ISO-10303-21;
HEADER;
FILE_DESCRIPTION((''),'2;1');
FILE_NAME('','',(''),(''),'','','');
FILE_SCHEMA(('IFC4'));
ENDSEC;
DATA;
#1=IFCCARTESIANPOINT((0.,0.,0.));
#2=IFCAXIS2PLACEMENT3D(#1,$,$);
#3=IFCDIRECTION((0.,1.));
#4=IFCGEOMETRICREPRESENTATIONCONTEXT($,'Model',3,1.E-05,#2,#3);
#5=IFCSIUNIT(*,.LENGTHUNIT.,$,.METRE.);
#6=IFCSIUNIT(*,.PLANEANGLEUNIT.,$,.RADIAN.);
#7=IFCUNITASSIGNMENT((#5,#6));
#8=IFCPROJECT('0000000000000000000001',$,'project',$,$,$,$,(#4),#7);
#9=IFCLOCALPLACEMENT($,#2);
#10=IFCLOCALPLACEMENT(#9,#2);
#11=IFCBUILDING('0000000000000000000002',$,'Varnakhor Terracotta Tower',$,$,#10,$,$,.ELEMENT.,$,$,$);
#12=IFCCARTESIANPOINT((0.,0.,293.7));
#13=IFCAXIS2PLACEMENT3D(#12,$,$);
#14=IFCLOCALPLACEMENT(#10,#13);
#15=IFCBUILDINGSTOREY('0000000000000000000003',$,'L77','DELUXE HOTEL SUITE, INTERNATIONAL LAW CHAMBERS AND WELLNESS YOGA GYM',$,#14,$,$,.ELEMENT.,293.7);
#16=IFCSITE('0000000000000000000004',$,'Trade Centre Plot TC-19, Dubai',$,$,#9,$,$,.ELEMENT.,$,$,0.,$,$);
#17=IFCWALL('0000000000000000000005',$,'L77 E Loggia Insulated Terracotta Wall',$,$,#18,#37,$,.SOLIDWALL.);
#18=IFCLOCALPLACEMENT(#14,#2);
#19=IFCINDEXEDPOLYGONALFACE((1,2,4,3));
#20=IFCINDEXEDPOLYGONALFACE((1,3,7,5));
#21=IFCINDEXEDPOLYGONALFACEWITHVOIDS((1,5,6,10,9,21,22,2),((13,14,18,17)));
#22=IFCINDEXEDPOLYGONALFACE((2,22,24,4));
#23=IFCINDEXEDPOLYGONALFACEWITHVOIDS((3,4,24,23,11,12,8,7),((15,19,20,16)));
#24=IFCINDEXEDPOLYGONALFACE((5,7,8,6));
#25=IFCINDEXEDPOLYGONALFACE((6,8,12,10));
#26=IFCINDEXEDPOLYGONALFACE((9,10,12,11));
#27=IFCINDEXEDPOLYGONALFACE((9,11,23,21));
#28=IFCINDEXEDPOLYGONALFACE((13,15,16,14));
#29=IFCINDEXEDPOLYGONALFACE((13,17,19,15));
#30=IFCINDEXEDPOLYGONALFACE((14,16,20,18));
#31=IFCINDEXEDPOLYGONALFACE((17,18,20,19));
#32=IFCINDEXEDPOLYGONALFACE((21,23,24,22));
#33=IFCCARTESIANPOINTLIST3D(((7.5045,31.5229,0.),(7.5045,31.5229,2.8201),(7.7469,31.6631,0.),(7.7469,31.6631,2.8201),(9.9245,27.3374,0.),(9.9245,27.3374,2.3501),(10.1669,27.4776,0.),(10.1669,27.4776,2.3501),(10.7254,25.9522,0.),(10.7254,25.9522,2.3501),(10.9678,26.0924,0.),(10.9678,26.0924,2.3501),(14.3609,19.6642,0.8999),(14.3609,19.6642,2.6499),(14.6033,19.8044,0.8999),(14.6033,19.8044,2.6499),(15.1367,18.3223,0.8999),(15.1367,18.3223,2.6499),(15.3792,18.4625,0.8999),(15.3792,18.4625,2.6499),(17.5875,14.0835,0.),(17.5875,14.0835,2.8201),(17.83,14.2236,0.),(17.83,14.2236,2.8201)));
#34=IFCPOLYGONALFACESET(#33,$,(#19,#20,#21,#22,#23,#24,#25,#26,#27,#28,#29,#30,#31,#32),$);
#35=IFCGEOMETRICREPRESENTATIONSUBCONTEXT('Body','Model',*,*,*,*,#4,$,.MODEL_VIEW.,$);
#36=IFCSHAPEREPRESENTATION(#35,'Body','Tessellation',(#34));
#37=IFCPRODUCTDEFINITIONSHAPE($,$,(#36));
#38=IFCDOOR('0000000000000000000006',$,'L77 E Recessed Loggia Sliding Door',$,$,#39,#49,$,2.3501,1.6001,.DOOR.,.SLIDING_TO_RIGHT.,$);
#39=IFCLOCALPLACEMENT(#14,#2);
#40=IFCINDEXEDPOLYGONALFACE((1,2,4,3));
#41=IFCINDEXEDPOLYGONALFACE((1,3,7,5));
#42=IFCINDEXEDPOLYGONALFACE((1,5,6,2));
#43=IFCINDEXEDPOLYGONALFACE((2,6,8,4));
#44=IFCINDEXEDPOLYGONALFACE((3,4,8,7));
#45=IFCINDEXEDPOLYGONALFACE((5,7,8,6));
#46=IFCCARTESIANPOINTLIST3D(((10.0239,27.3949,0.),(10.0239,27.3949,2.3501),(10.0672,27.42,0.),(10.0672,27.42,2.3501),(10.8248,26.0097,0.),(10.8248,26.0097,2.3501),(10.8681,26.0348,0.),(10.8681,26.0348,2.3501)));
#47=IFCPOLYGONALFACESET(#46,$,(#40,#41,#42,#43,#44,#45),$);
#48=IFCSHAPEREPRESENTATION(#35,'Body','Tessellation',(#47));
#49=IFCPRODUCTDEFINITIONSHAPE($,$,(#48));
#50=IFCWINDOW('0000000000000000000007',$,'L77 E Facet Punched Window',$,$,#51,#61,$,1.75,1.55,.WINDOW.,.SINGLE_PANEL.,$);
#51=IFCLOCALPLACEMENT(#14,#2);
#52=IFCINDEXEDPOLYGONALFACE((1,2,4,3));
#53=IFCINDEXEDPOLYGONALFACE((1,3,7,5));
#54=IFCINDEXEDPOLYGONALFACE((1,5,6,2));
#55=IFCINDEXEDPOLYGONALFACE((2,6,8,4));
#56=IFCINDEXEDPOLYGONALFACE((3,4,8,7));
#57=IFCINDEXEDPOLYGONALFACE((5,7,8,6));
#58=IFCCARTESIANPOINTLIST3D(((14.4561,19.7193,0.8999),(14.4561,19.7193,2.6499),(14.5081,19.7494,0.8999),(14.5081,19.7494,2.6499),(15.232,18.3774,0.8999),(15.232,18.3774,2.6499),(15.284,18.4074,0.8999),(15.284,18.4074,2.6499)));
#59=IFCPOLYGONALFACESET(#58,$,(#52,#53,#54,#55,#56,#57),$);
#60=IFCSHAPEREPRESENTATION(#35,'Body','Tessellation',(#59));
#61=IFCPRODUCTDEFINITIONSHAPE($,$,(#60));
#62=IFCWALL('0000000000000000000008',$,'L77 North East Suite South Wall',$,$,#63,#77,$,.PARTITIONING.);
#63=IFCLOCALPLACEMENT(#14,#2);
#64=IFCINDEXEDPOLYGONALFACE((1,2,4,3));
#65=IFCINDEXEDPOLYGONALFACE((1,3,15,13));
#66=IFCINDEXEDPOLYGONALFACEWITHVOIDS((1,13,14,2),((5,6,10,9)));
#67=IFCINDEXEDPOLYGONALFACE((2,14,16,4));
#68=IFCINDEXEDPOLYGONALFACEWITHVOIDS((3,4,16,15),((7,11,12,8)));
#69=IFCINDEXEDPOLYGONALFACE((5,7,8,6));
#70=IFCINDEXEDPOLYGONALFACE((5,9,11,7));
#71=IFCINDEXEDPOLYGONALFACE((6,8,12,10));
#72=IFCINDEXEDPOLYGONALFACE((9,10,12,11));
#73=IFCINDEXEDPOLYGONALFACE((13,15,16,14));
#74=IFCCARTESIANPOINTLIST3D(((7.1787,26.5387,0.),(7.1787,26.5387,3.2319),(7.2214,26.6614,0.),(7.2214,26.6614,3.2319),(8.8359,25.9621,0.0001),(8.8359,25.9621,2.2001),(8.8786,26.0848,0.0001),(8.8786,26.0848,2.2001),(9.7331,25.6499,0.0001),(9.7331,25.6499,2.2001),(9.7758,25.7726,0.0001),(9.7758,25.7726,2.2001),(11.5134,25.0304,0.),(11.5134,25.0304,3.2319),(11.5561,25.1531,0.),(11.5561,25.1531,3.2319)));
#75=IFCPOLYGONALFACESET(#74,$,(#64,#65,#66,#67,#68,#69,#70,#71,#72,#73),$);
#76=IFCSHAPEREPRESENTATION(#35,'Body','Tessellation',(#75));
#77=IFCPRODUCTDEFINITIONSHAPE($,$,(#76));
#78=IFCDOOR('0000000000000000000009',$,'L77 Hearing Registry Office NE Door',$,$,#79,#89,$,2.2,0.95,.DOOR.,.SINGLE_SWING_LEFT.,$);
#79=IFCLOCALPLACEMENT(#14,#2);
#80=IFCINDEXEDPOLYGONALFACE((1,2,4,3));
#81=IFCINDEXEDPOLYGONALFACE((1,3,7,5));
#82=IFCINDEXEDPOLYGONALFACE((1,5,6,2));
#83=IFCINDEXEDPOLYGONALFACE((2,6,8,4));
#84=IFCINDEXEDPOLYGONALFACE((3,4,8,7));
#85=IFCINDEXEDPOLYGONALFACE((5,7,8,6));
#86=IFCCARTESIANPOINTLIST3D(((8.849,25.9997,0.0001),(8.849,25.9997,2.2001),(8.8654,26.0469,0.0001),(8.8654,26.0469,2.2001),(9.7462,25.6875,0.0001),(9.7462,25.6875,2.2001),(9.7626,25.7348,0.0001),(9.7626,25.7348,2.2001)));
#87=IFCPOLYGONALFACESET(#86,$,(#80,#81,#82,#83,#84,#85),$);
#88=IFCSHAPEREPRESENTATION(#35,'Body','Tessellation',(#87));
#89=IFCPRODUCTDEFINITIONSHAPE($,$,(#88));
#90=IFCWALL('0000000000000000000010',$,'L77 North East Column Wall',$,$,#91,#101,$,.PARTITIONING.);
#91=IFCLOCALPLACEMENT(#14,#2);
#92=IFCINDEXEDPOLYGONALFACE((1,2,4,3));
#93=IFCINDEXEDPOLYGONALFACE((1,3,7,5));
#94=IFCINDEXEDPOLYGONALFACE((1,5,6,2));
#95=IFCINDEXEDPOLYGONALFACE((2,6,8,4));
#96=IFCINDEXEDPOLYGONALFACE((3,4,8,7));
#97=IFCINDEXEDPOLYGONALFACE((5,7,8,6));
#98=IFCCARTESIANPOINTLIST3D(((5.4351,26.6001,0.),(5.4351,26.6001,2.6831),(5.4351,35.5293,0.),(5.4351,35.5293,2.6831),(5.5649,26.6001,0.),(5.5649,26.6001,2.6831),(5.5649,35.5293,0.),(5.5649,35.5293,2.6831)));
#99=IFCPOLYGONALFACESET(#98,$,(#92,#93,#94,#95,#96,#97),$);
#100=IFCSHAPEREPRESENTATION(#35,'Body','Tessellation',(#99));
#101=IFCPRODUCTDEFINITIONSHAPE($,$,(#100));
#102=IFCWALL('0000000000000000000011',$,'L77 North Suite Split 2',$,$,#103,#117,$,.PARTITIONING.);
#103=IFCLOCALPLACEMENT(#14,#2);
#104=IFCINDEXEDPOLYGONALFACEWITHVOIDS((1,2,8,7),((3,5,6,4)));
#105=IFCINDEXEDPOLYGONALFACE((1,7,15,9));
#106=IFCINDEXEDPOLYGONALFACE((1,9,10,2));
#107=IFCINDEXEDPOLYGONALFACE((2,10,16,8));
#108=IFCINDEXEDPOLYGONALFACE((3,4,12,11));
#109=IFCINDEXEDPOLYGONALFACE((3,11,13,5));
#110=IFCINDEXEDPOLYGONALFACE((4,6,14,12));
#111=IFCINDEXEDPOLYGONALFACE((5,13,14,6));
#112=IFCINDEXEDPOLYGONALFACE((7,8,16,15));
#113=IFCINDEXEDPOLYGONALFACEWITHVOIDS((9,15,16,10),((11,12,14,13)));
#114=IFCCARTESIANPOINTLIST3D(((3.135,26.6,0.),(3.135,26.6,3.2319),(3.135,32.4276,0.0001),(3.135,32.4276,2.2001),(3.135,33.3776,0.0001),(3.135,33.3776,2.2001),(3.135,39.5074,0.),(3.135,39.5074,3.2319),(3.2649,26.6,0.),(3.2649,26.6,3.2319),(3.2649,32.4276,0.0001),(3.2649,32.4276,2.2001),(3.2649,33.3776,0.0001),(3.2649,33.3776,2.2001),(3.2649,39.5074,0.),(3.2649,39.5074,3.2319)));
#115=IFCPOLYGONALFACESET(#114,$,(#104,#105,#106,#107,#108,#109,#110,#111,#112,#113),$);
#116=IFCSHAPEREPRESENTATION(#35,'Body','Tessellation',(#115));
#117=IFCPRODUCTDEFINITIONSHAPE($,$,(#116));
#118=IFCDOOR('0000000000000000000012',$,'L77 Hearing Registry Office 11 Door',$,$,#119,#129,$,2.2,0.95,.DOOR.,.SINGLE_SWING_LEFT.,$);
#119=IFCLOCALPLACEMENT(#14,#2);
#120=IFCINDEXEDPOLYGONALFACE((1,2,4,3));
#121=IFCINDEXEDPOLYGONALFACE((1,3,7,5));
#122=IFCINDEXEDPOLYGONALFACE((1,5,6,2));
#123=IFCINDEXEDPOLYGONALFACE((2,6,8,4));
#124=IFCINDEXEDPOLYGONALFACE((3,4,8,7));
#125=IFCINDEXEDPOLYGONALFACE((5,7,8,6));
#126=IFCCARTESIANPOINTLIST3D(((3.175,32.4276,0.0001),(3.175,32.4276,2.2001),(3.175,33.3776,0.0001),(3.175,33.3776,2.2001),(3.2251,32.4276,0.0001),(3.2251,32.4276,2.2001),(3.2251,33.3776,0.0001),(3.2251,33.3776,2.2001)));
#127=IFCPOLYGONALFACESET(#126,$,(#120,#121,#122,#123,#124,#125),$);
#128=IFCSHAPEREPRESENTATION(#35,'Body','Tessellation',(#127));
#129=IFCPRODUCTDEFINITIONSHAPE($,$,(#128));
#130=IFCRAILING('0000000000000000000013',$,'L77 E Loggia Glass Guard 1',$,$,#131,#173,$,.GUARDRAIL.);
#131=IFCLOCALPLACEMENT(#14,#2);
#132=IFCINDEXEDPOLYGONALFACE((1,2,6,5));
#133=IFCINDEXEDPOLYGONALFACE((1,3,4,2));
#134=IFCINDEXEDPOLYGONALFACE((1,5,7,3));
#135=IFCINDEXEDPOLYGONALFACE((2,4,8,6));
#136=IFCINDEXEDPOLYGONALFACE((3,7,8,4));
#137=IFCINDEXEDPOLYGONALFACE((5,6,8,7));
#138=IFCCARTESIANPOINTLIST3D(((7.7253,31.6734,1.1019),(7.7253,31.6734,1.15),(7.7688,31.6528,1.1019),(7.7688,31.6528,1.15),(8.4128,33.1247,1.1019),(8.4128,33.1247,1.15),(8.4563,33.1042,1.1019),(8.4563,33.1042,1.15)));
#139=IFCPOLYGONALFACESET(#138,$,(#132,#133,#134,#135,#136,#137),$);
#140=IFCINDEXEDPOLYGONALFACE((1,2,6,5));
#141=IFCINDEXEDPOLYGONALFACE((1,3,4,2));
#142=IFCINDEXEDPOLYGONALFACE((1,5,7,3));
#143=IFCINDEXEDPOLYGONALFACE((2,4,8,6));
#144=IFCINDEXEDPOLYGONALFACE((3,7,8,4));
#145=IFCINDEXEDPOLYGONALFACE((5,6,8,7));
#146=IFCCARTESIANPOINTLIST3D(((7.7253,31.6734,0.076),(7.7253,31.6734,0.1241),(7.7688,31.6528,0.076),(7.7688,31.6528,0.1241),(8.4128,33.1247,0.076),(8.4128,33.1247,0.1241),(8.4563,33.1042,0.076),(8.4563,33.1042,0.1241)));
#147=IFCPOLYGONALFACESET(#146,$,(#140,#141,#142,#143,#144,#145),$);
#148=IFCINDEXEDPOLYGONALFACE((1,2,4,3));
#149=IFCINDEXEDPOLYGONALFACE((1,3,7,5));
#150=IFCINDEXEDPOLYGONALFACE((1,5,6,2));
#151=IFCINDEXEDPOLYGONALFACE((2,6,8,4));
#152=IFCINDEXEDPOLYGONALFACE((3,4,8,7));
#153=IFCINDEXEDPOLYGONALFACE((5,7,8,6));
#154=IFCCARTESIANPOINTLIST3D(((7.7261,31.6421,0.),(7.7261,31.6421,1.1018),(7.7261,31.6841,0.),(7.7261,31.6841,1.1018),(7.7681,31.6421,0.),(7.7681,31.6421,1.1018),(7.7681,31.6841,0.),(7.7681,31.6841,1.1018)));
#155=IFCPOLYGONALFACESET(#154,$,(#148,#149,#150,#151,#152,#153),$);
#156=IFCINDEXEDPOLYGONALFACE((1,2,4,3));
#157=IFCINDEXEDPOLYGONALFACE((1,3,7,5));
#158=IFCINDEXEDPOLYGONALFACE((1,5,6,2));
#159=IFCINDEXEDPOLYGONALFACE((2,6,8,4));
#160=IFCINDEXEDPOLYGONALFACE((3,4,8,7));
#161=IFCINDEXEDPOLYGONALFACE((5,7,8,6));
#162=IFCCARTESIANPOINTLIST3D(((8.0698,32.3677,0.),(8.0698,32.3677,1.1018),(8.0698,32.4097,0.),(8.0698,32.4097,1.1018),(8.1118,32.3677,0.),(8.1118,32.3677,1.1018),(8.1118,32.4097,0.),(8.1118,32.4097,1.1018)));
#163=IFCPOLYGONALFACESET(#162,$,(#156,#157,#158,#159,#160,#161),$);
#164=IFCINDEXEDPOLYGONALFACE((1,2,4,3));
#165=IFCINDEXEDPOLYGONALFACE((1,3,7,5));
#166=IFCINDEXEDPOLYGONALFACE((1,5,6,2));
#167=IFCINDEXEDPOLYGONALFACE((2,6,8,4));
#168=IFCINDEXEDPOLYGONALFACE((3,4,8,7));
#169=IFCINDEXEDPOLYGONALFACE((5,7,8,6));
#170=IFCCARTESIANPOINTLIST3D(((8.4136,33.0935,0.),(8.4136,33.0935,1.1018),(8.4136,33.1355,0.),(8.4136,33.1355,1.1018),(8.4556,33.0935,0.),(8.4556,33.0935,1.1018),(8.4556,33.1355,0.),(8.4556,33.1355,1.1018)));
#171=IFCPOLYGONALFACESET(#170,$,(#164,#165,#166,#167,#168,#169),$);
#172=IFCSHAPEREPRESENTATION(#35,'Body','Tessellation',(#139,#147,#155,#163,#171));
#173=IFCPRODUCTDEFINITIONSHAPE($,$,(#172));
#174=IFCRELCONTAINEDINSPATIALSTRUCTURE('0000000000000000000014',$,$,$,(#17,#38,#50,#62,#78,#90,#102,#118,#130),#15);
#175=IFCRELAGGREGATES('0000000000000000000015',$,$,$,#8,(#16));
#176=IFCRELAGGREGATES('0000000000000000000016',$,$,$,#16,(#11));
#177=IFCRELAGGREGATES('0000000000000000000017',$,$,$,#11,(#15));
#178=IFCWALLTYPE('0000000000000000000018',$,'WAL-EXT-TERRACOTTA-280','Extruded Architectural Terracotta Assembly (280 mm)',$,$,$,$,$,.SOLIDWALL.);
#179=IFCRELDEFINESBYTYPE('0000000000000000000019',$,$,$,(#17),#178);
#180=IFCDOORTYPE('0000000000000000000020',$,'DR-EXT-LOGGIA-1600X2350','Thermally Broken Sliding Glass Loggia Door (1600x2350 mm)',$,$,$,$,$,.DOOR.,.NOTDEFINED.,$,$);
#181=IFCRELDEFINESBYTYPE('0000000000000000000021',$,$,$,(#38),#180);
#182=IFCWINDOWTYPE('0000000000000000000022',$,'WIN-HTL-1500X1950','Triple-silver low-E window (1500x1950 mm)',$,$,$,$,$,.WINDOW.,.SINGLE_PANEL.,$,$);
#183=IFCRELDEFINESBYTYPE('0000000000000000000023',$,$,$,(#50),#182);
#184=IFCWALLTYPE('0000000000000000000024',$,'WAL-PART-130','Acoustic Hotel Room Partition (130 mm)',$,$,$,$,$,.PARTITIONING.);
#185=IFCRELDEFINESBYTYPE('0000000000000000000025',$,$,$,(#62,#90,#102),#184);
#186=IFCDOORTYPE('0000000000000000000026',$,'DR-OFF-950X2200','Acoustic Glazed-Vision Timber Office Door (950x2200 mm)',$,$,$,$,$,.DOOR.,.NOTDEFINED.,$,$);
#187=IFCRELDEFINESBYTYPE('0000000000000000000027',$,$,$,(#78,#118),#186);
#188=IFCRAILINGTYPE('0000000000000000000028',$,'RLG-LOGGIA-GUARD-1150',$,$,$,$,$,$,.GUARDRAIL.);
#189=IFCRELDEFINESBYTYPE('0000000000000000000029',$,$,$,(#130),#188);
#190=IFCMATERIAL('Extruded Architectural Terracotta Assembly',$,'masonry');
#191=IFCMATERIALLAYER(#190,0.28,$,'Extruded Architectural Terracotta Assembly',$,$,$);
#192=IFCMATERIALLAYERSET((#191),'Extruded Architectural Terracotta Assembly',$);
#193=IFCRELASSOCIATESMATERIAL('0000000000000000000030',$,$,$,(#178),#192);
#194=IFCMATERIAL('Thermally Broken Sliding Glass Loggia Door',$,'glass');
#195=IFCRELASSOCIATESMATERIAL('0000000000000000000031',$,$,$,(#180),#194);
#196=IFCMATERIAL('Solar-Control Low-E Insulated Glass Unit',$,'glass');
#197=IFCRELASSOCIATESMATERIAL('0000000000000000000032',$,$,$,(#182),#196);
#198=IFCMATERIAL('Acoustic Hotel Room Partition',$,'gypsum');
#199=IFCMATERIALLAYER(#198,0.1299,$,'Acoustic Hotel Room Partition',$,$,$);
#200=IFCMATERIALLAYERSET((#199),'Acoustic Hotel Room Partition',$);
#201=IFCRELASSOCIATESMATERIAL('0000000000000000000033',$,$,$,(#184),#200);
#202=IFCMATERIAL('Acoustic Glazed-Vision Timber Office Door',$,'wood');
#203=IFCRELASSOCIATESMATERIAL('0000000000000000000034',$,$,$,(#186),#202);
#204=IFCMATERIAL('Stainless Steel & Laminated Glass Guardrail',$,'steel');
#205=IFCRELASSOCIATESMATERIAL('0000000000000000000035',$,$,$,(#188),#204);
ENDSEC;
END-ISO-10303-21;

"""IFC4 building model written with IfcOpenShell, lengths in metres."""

from ifc_helpers import new_model, si_unit, direction, frame, frame_2d, origin, origin_2d, place, context, subcontext, project, spatial, rectangle, extrude, source, transform, mapped, material, layer, layer_set, type_object, type_shapes, element, fill, save


model = new_model("IFC4")

# Units and contexts
model_context = context("Model", 3, precision=1e-05, world=origin(), true_north=direction((0.0, 1.0)))
body_context = subcontext(model_context, "Body", "Model", "MODEL_VIEW")
ifc_project = project(units=[si_unit("LENGTHUNIT", "METRE"), si_unit("PLANEANGLEUNIT", "RADIAN")], contexts=[model_context])

# Site, building, storey
site_placement = place(None, origin())
site = spatial("IfcSite", under=ifc_project, at=site_placement, Name="Trade Centre Plot TC-19, Dubai", CompositionType="ELEMENT", RefElevation=0.0)
building_placement = place(site_placement, origin())
building = spatial("IfcBuilding", under=site, at=building_placement, Name="Varnakhor Terracotta Tower", CompositionType="ELEMENT")
storey_placement = place(building_placement, frame((0.0, 0.0, 293.7)))
storey = spatial("IfcBuildingStorey", under=building, at=storey_placement, Name="L77", Description="DELUXE HOTEL SUITE, INTERNATIONAL LAW CHAMBERS AND WELLNESS YOGA GYM", CompositionType="ELEMENT", Elevation=293.7)

# Wall, openings, door, window
ifc_material_1 = material(Name="Extruded Architectural Terracotta Assembly", Category="masonry")
ifc_layer_1 = layer(ifc_material_1, 0.28, Name="Extruded Architectural Terracotta Assembly")
ifc_layer_set_1 = layer_set([ifc_layer_1], Name="Extruded Architectural Terracotta Assembly")
wall_type_1 = type_object("IfcWallType", Name="WAL-EXT-TERRACOTTA-280", Description="Extruded Architectural Terracotta Assembly (280 mm)", PredefinedType="SOLIDWALL", material=ifc_layer_set_1)
wall_1_placement = place(storey_placement, frame((7.6257, 31.593, 0.0), z_axis=(0.0, 0.0, 1.0), x_axis=(0.500534, -0.865717, 0.0)))
wall_1 = element("IfcWall", 1, at=wall_1_placement, inside=storey, type_object=wall_type_1, Name="L77 E Loggia Insulated Terracotta Wall", PredefinedType="SOLIDWALL", context=body_context, shape_type="SweptSolid", body=[
    extrude(rectangle(XDim=20.1445, YDim=0.28, at=frame_2d((10.0723, 0.0))), origin(), (0.0, 0.0, 1.0), 2.8201),
])
opening_1_placement = place(wall_1_placement, frame((4.8347, 0.0, 0.0)))
opening_1 = element("IfcOpeningElement", 2, at=opening_1_placement, cuts=wall_1, PredefinedType="OPENING", context=body_context, shape_type="SweptSolid", body=[
    extrude(rectangle(XDim=1.6001, YDim=2.3501, at=frame_2d((0.8, 1.175))), frame((0.0, 0.1499, 0.0), z_axis=(0.0, -1.0, 0.0), x_axis=(1.0, 0.0, 0.0)), (0.0, 0.0, 1.0), 0.3),
])
opening_2_placement = place(wall_1_placement, frame((13.6982, 0.0, 0.8999)))
opening_2 = element("IfcOpeningElement", 3, at=opening_2_placement, cuts=wall_1, PredefinedType="OPENING", context=body_context, shape_type="SweptSolid", body=[
    extrude(rectangle(XDim=1.55, YDim=1.75, at=frame_2d((0.7749, 0.875))), frame((0.0, 0.1499, 0.0), z_axis=(0.0, -1.0, 0.0), x_axis=(1.0, 0.0, 0.0)), (0.0, 0.0, 1.0), 0.3),
])
ifc_material_2 = material(Name="Thermally Broken Sliding Glass Loggia Door", Category="glass")
door_type_1 = type_object("IfcDoorType", Name="DR-EXT-LOGGIA-1600X2350", Description="Thermally Broken Sliding Glass Loggia Door (1600x2350 mm)", OperationType="NOTDEFINED", PredefinedType="DOOR", material=ifc_material_2)
shared_shape_1 = source(origin(), body_context, "Body", "SweptSolid", [
    extrude(rectangle(XDim=1.6001, YDim=2.3501, at=frame_2d((0.8, 1.175))), frame((0.0, 0.0249, 0.0), z_axis=(0.0, -1.0, 0.0), x_axis=(1.0, 0.0, 0.0)), (0.0, 0.0, 1.0), 0.05),
])
type_shapes(door_type_1, [shared_shape_1])
door_1_placement = place(opening_1_placement, origin())
door_1 = element("IfcDoor", 4, at=door_1_placement, inside=storey, type_object=door_type_1, Name="L77 E Recessed Loggia Sliding Door", OperationType="SLIDING_TO_RIGHT", OverallHeight=2.3501, OverallWidth=1.6001, PredefinedType="DOOR", context=body_context, shape_type="MappedRepresentation", body=[
    mapped(shared_shape_1, transform((0.0, 0.0, 0.0), scale=1.0)),
])
fill(opening_1, door_1)
ifc_material_3 = material(Name="Solar-Control Low-E Insulated Glass Unit", Category="glass")
window_type = type_object("IfcWindowType", Name="WIN-HTL-1500X1950", Description="Triple-silver low-E window (1500x1950 mm)", PartitioningType="SINGLE_PANEL", PredefinedType="WINDOW", material=ifc_material_3)
shared_shape_2 = source(origin(), body_context, "Body", "SweptSolid", [
    extrude(rectangle(XDim=1.55, YDim=1.75, at=frame_2d((0.7749, 0.875))), frame((0.0, 0.03, 0.0), z_axis=(0.0, -1.0, 0.0), x_axis=(1.0, 0.0, 0.0)), (0.0, 0.0, 1.0), 0.0601),
])
type_shapes(window_type, [shared_shape_2])
window_placement = place(opening_2_placement, origin())
window = element("IfcWindow", 5, at=window_placement, inside=storey, type_object=window_type, Name="L77 E Facet Punched Window", OverallHeight=1.75, OverallWidth=1.55, PartitioningType="SINGLE_PANEL", PredefinedType="WINDOW", context=body_context, shape_type="MappedRepresentation", body=[
    mapped(shared_shape_2, transform((0.0, 0.0, 0.0), scale=1.0)),
])
fill(opening_2, window)

# Wall, opening, door
ifc_material_4 = material(Name="Acoustic Hotel Room Partition", Category="gypsum")
ifc_layer_2 = layer(ifc_material_4, 0.1299, Name="Acoustic Hotel Room Partition")
ifc_layer_set_2 = layer_set([ifc_layer_2], Name="Acoustic Hotel Room Partition")
wall_type_2 = type_object("IfcWallType", Name="WAL-PART-130", Description="Acoustic Hotel Room Partition (130 mm)", PredefinedType="PARTITIONING", material=ifc_layer_set_2)
wall_2_placement = place(storey_placement, frame((7.2, 26.6001, 0.0), z_axis=(0.0, 0.0, 1.0), x_axis=(0.944458, -0.328632, 0.0)))
wall_2 = element("IfcWall", 6, at=wall_2_placement, inside=storey, type_object=wall_type_2, Name="L77 North East Suite South Wall", PredefinedType="PARTITIONING", context=body_context, shape_type="SweptSolid", body=[
    extrude(rectangle(XDim=4.5896, YDim=0.1299, at=frame_2d((2.2949, 0.0))), origin(), (0.0, 0.0, 1.0), 3.2319),
])
opening_3_placement = place(wall_2_placement, frame((1.7546, 0.0, 0.0)))
opening_3 = element("IfcOpeningElement", 7, at=opening_3_placement, cuts=wall_2, PredefinedType="OPENING", context=body_context, shape_type="SweptSolid", body=[
    extrude(rectangle(XDim=0.95, YDim=2.2, at=frame_2d((0.4751, 1.1001))), frame((0.0, 0.075, 0.0), z_axis=(0.0, -1.0, 0.0), x_axis=(1.0, 0.0, 0.0)), (0.0, 0.0, 1.0), 0.1499),
])
ifc_material_5 = material(Name="Acoustic Glazed-Vision Timber Office Door", Category="wood")
door_type_2 = type_object("IfcDoorType", Name="DR-OFF-950X2200", Description="Acoustic Glazed-Vision Timber Office Door (950x2200 mm)", OperationType="NOTDEFINED", PredefinedType="DOOR", material=ifc_material_5)
shared_shape_3 = source(origin(), body_context, "Body", "SweptSolid", [
    extrude(rectangle(XDim=0.95, YDim=2.2, at=frame_2d((0.4751, 1.1001))), frame((0.0, 0.0249, 0.0), z_axis=(0.0, -1.0, 0.0), x_axis=(1.0, 0.0, 0.0)), (0.0, 0.0, 1.0), 0.05),
])
type_shapes(door_type_2, [shared_shape_3])
door_2_placement = place(opening_3_placement, origin())
door_2 = element("IfcDoor", 8, at=door_2_placement, inside=storey, type_object=door_type_2, Name="L77 Hearing Registry Office NE Door", OperationType="SINGLE_SWING_LEFT", OverallHeight=2.2, OverallWidth=0.95, PredefinedType="DOOR", context=body_context, shape_type="MappedRepresentation", body=[
    mapped(shared_shape_3, transform((0.0, 0.0, 0.0), scale=1.0)),
])
fill(opening_3, door_2)

# Wall
wall_3_placement = place(storey_placement, frame((5.5, 26.6001, 0.0), z_axis=(0.0, 0.0, 1.0), x_axis=(0.0, 1.0, 0.0)))
element("IfcWall", 9, at=wall_3_placement, inside=storey, type_object=wall_type_2, Name="L77 North East Column Wall", PredefinedType="PARTITIONING", context=body_context, shape_type="SweptSolid", body=[
    extrude(rectangle(XDim=8.9292, YDim=0.1299, at=frame_2d((4.4646, 0.0))), origin(), (0.0, 0.0, 1.0), 2.6831),
])

# Wall, opening, door
wall_4_placement = place(storey_placement, frame((3.2, 26.6001, 0.0), z_axis=(0.0, 0.0, 1.0), x_axis=(0.0, 1.0, 0.0)))
wall_4 = element("IfcWall", 10, at=wall_4_placement, inside=storey, type_object=wall_type_2, Name="L77 North Suite Split 2", PredefinedType="PARTITIONING", context=body_context, shape_type="SweptSolid", body=[
    extrude(rectangle(XDim=12.9075, YDim=0.1299, at=frame_2d((6.4536, 0.0))), origin(), (0.0, 0.0, 1.0), 3.2319),
])
opening_4_placement = place(wall_4_placement, frame((5.8274, 0.0, 0.0)))
opening_4 = element("IfcOpeningElement", 11, at=opening_4_placement, cuts=wall_4, PredefinedType="OPENING", context=body_context, shape_type="SweptSolid", body=[
    extrude(rectangle(XDim=0.95, YDim=2.2, at=frame_2d((0.4751, 1.1001))), frame((0.0, 0.075, 0.0), z_axis=(0.0, -1.0, 0.0), x_axis=(1.0, 0.0, 0.0)), (0.0, 0.0, 1.0), 0.1499),
])
door_3_placement = place(opening_4_placement, origin())
door_3 = element("IfcDoor", 12, at=door_3_placement, inside=storey, type_object=door_type_2, Name="L77 Hearing Registry Office 11 Door", OperationType="SINGLE_SWING_LEFT", OverallHeight=2.2, OverallWidth=0.95, PredefinedType="DOOR", context=body_context, shape_type="MappedRepresentation", body=[
    mapped(shared_shape_3, transform((0.0, 0.0, 0.0), scale=1.0)),
])
fill(opening_4, door_3)

# Railing
ifc_material_6 = material(Name="Stainless Steel & Laminated Glass Guardrail", Category="steel")
railing_type = type_object("IfcRailingType", Name="RLG-LOGGIA-GUARD-1150", PredefinedType="GUARDRAIL", material=ifc_material_6)
railing_1_placement = place(storey_placement, frame((7.7471, 31.6631, 0.0)))
element("IfcRailing", 13, at=railing_1_placement, inside=storey, type_object=railing_type, Name="L77 E Loggia Glass Guard 1", PredefinedType="GUARDRAIL", context=body_context, shape_type="SweptSolid", body=[
    extrude(rectangle(XDim=0.0481, YDim=0.0481, at=origin_2d()), frame((0.0, 0.0, 1.126), z_axis=(0.42808, 0.903741, 0.0), x_axis=(-0.903741, 0.42808, 0.0)), (0.0, 0.0, 1.0), 1.606),
    extrude(rectangle(XDim=0.0481, YDim=0.0481, at=origin_2d()), frame((0.0, 0.0, 0.1001), z_axis=(0.42808, 0.903741, 0.0), x_axis=(-0.903741, 0.42808, 0.0)), (0.0, 0.0, 1.0), 1.606),
    extrude(rectangle(XDim=0.042, YDim=0.042, at=origin_2d()), origin(), (0.0, 0.0, 1.0), 1.1018),
    extrude(rectangle(XDim=0.042, YDim=0.042, at=origin_2d()), frame((0.3438, 0.7256, 0.0)), (0.0, 0.0, 1.0), 1.1018),
    extrude(rectangle(XDim=0.042, YDim=0.042, at=origin_2d()), frame((0.6875, 1.4514, 0.0)), (0.0, 0.0, 1.0), 1.1018),
])

save(model, "model.ifc")
